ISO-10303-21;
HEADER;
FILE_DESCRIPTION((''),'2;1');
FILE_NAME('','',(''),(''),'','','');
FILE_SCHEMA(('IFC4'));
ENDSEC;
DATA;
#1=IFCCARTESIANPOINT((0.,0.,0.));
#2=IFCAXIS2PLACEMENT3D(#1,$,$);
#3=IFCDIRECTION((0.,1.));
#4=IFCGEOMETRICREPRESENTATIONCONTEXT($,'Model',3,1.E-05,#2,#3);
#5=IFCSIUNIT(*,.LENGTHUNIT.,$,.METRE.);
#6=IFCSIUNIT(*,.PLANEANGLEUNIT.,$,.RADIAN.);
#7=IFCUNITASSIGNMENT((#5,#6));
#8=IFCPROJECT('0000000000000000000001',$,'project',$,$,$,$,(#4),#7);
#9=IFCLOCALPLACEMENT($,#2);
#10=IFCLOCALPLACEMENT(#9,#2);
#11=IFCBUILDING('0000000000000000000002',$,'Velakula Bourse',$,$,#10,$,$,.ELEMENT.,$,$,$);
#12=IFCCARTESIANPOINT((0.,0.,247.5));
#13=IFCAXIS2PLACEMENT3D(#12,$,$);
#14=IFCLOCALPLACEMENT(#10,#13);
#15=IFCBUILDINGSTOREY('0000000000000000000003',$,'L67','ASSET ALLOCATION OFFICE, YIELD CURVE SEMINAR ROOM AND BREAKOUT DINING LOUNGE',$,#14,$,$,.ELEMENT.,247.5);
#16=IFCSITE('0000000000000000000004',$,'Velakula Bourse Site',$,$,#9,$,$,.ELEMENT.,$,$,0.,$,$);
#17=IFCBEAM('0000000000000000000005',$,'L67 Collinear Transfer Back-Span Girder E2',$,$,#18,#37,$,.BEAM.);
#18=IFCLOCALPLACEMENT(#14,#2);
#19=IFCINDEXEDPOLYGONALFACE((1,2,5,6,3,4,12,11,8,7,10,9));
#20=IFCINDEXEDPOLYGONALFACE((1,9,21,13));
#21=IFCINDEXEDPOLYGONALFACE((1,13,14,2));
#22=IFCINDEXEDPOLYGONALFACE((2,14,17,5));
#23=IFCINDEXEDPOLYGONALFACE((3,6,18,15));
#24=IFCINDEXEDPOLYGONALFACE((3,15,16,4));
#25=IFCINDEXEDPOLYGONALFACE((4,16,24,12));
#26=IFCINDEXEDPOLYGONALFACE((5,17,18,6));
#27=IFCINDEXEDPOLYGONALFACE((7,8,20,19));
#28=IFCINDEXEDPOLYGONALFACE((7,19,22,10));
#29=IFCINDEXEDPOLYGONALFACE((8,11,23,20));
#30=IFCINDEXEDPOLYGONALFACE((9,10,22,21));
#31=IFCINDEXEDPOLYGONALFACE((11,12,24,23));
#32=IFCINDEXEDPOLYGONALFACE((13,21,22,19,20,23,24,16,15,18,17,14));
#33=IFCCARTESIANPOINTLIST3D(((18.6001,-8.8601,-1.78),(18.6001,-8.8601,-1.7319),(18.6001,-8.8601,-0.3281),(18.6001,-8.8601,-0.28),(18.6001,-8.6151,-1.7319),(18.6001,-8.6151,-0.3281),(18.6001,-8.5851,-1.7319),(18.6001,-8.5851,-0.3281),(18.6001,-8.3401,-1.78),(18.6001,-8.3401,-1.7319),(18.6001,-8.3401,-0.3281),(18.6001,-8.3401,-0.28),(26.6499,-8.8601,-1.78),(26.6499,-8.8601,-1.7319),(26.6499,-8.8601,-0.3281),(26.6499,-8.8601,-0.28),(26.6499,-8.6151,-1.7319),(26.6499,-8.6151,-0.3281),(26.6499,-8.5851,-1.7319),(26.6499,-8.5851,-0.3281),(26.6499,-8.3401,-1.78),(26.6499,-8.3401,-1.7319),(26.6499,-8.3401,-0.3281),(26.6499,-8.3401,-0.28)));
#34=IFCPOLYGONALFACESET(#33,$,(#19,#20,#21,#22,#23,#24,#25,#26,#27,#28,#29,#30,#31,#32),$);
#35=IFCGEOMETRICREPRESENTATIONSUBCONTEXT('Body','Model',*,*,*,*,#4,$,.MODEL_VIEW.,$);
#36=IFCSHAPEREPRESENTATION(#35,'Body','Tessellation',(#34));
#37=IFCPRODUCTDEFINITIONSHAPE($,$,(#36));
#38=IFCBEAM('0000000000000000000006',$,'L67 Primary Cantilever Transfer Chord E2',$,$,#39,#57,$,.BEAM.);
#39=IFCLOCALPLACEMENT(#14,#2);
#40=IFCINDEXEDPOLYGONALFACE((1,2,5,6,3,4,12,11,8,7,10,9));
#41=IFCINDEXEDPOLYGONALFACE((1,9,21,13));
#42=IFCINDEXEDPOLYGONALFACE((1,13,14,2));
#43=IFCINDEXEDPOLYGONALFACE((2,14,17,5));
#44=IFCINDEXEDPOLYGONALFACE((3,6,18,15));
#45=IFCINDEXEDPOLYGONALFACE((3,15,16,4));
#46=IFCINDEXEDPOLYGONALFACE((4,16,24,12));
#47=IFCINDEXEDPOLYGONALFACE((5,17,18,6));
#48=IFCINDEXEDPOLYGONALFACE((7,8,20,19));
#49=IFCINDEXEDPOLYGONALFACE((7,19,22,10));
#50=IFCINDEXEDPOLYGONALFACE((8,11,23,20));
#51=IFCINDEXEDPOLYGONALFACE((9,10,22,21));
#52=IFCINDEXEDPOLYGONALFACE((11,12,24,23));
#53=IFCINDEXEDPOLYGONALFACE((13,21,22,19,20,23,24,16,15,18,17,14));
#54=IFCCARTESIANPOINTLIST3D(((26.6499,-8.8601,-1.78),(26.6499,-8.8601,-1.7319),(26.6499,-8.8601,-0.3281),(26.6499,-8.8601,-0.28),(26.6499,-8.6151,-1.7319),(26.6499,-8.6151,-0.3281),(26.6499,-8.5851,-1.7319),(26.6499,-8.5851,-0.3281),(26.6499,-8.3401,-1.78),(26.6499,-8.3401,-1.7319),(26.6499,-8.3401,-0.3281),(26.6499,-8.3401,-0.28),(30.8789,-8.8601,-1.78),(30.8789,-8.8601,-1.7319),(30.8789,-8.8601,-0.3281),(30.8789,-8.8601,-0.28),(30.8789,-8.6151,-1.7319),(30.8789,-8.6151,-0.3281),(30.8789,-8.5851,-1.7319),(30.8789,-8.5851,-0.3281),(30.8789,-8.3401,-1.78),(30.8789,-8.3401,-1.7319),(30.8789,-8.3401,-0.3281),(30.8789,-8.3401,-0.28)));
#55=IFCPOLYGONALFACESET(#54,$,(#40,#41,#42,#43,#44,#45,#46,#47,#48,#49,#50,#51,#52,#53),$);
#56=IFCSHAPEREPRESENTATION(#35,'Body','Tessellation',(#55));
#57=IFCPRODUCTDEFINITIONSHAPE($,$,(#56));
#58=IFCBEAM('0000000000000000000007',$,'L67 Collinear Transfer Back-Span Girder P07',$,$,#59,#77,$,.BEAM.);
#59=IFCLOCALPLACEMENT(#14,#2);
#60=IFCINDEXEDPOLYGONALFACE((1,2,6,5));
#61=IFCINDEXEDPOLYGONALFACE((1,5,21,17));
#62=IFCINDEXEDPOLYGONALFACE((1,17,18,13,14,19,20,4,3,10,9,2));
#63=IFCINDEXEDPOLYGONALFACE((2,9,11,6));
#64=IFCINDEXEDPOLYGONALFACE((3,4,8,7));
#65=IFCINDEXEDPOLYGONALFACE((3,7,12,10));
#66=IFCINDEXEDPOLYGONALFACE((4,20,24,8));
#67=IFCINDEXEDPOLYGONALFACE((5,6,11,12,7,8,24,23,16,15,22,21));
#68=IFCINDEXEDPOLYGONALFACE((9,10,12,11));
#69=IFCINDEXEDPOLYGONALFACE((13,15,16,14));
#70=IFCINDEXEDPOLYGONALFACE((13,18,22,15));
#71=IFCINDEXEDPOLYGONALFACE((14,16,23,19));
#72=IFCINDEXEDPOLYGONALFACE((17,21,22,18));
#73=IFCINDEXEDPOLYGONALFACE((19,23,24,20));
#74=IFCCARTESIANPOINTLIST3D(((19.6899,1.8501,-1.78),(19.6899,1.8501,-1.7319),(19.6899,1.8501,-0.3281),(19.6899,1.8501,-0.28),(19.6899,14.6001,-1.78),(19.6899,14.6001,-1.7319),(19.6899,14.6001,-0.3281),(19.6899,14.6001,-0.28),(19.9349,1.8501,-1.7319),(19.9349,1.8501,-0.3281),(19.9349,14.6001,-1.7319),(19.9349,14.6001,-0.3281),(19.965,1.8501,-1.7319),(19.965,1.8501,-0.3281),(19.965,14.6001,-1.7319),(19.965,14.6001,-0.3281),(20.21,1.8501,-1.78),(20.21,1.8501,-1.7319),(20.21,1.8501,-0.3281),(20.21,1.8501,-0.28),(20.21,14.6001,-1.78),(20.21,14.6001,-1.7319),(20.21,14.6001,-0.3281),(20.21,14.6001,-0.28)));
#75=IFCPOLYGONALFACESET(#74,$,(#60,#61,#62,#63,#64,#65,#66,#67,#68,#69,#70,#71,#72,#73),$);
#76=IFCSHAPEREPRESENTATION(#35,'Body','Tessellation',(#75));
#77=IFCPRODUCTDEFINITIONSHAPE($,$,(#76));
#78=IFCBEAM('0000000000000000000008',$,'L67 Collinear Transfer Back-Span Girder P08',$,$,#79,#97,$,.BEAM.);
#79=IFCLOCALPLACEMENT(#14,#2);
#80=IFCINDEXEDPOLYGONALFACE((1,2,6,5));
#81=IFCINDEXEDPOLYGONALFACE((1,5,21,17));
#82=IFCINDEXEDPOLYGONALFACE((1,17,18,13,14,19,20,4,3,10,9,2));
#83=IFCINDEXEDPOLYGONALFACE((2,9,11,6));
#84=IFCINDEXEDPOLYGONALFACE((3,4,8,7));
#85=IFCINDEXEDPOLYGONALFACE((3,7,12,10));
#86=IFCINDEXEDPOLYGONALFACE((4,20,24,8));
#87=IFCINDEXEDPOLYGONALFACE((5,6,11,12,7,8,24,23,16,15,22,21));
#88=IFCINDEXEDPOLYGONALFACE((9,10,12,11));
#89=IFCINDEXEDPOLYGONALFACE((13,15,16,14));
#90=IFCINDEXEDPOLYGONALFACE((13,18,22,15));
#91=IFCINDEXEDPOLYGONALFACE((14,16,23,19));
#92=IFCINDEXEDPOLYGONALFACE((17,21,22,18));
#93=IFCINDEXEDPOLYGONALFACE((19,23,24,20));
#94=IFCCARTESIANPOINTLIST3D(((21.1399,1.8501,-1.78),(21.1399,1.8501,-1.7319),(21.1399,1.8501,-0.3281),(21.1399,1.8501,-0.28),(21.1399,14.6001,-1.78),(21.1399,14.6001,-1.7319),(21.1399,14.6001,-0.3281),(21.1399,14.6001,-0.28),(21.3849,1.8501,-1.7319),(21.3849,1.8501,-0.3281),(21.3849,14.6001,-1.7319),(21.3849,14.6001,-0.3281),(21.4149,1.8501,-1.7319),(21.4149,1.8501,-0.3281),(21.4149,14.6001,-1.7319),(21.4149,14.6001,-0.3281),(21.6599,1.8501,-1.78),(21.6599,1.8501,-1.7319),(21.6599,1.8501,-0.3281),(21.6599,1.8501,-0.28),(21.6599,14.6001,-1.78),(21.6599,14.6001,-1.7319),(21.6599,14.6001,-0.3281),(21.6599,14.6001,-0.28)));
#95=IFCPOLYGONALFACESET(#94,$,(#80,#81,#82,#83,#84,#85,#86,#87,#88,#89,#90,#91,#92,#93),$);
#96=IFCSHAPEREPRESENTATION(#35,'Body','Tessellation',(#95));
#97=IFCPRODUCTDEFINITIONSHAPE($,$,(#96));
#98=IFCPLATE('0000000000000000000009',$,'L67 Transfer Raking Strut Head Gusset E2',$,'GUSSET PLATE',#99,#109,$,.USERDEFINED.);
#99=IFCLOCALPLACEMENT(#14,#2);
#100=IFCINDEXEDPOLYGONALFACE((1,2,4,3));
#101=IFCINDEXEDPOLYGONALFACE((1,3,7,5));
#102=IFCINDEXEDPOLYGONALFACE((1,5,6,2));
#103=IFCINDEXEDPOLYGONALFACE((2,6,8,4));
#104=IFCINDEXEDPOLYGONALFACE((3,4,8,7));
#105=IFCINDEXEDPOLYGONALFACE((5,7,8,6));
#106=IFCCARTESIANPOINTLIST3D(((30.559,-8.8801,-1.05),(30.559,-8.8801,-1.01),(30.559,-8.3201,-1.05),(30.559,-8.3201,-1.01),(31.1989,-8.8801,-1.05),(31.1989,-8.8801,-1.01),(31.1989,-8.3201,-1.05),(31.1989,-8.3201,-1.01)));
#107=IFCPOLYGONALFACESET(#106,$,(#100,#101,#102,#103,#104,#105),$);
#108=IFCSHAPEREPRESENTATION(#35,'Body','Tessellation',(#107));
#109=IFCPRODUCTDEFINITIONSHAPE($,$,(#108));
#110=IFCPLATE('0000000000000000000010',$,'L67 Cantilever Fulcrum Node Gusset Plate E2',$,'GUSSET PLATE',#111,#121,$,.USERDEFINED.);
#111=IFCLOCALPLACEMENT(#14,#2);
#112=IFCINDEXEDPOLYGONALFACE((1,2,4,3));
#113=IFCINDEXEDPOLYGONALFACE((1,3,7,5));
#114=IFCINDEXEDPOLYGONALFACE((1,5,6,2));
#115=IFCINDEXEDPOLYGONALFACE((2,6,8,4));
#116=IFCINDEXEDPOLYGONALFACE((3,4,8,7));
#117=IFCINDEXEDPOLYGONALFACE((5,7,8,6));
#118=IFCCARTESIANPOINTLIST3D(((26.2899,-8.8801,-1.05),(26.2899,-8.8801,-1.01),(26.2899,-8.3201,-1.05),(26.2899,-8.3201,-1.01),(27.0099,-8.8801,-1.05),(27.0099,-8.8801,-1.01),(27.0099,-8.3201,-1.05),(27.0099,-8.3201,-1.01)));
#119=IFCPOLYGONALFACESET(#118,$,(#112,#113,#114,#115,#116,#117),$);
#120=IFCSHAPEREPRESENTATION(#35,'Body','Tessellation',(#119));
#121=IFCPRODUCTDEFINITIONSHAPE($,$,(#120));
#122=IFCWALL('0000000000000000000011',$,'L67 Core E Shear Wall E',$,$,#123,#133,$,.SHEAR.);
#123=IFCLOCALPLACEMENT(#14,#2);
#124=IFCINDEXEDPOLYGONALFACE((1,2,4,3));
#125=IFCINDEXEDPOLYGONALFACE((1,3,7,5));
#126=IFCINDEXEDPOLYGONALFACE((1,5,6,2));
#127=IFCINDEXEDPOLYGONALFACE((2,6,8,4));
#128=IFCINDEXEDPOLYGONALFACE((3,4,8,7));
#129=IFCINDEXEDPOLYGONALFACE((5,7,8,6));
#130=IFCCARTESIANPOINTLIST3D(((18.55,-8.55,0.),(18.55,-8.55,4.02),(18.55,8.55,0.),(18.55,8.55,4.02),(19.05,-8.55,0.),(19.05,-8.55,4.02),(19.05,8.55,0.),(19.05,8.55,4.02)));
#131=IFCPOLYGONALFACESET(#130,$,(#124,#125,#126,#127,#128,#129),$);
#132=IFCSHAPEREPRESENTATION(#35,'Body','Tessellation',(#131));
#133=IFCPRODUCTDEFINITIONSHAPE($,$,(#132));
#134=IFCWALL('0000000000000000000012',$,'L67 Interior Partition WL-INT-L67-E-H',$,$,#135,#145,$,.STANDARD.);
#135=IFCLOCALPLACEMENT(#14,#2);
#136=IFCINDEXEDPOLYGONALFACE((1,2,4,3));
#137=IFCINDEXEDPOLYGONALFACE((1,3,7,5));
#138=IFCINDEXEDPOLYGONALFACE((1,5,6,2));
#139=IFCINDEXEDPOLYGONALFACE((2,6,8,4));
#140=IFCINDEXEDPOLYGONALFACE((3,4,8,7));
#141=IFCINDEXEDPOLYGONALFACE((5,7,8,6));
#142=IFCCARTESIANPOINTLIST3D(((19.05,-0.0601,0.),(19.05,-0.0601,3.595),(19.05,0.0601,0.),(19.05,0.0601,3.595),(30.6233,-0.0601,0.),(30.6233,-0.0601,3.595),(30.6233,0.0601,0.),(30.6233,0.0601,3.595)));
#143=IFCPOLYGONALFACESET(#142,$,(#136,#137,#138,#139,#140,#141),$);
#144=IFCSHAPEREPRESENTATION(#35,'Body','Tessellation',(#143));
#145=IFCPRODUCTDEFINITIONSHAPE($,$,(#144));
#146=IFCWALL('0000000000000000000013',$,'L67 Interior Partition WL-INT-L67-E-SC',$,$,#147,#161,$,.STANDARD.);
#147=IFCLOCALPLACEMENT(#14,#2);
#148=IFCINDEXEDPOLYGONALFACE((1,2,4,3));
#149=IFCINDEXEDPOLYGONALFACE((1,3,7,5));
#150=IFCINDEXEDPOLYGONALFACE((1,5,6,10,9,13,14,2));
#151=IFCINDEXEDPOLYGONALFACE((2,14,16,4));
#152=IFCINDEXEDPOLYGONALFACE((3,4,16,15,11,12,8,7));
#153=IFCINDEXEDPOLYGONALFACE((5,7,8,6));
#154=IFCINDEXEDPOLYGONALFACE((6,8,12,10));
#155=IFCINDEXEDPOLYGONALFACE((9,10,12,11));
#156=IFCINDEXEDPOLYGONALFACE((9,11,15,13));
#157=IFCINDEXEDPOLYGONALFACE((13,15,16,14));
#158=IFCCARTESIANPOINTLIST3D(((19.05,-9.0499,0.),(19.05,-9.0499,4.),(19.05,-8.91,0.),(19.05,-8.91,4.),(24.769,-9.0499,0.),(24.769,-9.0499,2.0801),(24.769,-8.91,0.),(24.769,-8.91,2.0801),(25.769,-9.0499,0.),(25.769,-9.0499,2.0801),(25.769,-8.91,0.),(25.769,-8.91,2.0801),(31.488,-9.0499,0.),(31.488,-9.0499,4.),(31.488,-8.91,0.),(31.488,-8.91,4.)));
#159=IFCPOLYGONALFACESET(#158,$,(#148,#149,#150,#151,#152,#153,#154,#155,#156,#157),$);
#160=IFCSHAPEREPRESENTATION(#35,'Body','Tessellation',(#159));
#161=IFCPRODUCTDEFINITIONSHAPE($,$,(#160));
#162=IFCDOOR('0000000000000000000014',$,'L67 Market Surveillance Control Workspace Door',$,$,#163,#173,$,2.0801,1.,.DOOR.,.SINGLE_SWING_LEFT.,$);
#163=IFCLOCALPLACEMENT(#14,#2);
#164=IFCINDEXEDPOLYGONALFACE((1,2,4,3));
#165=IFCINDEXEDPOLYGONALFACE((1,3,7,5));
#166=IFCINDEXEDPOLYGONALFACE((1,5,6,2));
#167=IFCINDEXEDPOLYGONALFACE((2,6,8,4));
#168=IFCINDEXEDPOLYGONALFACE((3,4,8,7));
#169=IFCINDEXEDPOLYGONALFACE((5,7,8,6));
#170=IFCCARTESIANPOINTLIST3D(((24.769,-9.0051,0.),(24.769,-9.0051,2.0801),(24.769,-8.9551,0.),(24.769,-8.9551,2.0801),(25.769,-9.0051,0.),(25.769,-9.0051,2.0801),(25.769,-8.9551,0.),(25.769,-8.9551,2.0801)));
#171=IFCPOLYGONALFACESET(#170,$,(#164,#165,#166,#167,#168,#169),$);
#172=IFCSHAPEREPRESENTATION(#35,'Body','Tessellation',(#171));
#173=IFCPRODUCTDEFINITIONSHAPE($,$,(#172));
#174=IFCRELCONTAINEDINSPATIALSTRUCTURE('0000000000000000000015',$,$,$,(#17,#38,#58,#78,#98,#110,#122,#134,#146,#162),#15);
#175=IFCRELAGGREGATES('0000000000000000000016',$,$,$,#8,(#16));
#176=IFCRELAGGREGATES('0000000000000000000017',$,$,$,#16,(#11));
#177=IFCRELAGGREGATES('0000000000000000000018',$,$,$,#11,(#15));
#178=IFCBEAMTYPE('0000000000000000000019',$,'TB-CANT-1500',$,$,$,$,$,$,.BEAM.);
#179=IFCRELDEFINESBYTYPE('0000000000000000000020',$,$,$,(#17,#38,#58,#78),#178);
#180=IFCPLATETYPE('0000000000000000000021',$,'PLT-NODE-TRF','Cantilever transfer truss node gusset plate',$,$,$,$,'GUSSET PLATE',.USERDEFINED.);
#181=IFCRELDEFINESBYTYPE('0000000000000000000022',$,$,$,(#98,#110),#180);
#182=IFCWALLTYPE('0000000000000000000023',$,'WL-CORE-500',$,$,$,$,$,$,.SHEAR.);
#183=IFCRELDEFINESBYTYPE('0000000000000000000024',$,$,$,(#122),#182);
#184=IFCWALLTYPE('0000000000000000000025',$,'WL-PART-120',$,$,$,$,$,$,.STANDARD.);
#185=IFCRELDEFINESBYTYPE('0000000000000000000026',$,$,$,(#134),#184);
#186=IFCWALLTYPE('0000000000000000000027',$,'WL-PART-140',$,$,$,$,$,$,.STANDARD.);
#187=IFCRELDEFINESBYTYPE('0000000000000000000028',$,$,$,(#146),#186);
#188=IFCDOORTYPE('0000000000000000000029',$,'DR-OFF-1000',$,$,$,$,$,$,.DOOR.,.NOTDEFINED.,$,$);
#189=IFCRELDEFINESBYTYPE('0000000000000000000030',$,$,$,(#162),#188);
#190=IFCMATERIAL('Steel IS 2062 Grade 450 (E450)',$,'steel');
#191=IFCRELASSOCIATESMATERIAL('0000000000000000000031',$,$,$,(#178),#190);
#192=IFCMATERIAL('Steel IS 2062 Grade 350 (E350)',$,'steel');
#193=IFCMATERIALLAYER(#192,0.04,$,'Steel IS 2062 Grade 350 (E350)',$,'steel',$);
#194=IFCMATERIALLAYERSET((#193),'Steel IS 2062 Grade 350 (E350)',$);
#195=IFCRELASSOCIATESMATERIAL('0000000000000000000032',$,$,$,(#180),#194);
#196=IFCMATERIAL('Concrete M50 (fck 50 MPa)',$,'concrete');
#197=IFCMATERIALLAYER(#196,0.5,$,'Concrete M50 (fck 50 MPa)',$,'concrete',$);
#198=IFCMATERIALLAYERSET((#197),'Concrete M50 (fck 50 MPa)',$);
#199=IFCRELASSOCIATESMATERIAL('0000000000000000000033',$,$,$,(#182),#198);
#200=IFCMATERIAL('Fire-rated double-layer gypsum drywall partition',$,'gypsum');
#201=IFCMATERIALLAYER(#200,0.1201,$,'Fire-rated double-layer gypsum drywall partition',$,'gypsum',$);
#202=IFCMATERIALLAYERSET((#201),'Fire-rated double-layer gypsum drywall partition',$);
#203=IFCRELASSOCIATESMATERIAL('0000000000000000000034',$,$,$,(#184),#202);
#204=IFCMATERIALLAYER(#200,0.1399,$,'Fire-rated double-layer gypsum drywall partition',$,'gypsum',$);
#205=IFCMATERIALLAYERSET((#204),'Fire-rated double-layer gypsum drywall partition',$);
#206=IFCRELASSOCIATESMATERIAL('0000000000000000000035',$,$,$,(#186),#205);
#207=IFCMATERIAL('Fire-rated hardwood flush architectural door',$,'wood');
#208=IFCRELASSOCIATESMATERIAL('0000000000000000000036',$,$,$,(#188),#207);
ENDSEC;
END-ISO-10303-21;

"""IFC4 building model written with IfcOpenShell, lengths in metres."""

from ifc_helpers import new_model, si_unit, direction, frame, frame_2d, origin, origin_2d, place, context, subcontext, project, spatial, rectangle, i_section, extrude, material, layer, layer_set, material_profile, profile_set, type_object, element, fill, save


model = new_model("IFC4")

# Units and contexts
model_context = context("Model", 3, precision=1e-05, world=origin(), true_north=direction((0.0, 1.0)))
body_context = subcontext(model_context, "Body", "Model", "MODEL_VIEW")
ifc_project = project(units=[si_unit("LENGTHUNIT", "METRE"), si_unit("PLANEANGLEUNIT", "RADIAN")], contexts=[model_context])

# Site, building, storey
site_placement = place(None, origin())
site = spatial("IfcSite", under=ifc_project, at=site_placement, Name="Velakula Bourse Site", CompositionType="ELEMENT", RefElevation=0.0)
building_placement = place(site_placement, origin())
building = spatial("IfcBuilding", under=site, at=building_placement, Name="Velakula Bourse", CompositionType="ELEMENT")
storey_placement = place(building_placement, frame((0.0, 0.0, 247.5)))
storey = spatial("IfcBuildingStorey", under=building, at=storey_placement, Name="L67", Description="ASSET ALLOCATION OFFICE, YIELD CURVE SEMINAR ROOM AND BREAKOUT DINING LOUNGE", CompositionType="ELEMENT", Elevation=247.5)

# Shared definitions
ifc_material_1 = material(Name="Concrete M50 (fck 50 MPa)", Category="concrete")
ifc_material_2 = material(Name="Steel IS 2062 Grade 350 (E350)", Category="steel")

# Beams
ifc_material_3 = material(Name="Steel IS 2062 Grade 450 (E450)", Category="steel")
ifc_material_profile_1 = material_profile(ifc_material_3, i_section(OverallWidth=0.52, OverallDepth=1.5, WebThickness=0.03, FlangeThickness=0.0481, at=origin_2d()), Name="Steel IS 2062 Grade 450 (E450)")
ifc_profile_set_1 = profile_set([ifc_material_profile_1], Name="Steel IS 2062 Grade 450 (E450)")
beam_type_1 = type_object("IfcBeamType", Name="TB-CANT-1500", PredefinedType="BEAM", material=ifc_profile_set_1)
beam_1_placement = place(storey_placement, frame((18.6001, -8.6001, -1.03), z_axis=(1.0, 0.0, 0.0), x_axis=(0.0, 1.0, 0.0)))
element("IfcBeam", 1, at=beam_1_placement, inside=storey, type_object=beam_type_1, Name="L67 Collinear Transfer Back-Span Girder E2", PredefinedType="BEAM", context=body_context, shape_type="SweptSolid", body=[
    extrude(i_section(OverallWidth=0.52, OverallDepth=1.5, WebThickness=0.03, FlangeThickness=0.0481, at=origin_2d()), origin(), (0.0, 0.0, 1.0), 8.0498),
])
beam_2_placement = place(storey_placement, frame((26.6499, -8.6001, -1.03), z_axis=(1.0, 0.0, 0.0), x_axis=(0.0, 1.0, 0.0)))
element("IfcBeam", 2, at=beam_2_placement, inside=storey, type_object=beam_type_1, Name="L67 Primary Cantilever Transfer Chord E2", PredefinedType="BEAM", context=body_context, shape_type="SweptSolid", body=[
    extrude(i_section(OverallWidth=0.52, OverallDepth=1.5, WebThickness=0.03, FlangeThickness=0.0481, at=origin_2d()), origin(), (0.0, 0.0, 1.0), 4.229),
])
for number, where, z_axis, x_axis, name in (
    (3, (19.95, 1.8501, -1.03), (0.0, 1.0, 0.0), (-1.0, 0.0, 0.0), "L67 Collinear Transfer Back-Span Girder P07"),
    (4, (21.3999, 1.8501, -1.03), (0.0, 1.0, 0.0), (-1.0, 0.0, 0.0), "L67 Collinear Transfer Back-Span Girder P08"),
):
    element("IfcBeam", number, at=place(storey_placement, frame(where, z_axis=z_axis, x_axis=x_axis)), inside=storey, type_object=beam_type_1, Name=name, PredefinedType="BEAM", context=body_context, shape_type="SweptSolid", body=[
        extrude(i_section(OverallWidth=0.52, OverallDepth=1.5, WebThickness=0.03, FlangeThickness=0.0481, at=origin_2d()), origin(), (0.0, 0.0, 1.0), 12.75),
    ])

# Plates
ifc_layer_1 = layer(ifc_material_2, 0.04, Name="Steel IS 2062 Grade 350 (E350)", Category="steel")
ifc_layer_set_1 = layer_set([ifc_layer_1], Name="Steel IS 2062 Grade 350 (E350)")
plate_type = type_object("IfcPlateType", Name="PLT-NODE-TRF", Description="Cantilever transfer truss node gusset plate", ElementType="GUSSET PLATE", PredefinedType="USERDEFINED", material=ifc_layer_set_1)
plate_1_placement = place(storey_placement, frame((30.8789, -8.6001, -1.05), z_axis=(0.0, 0.0, 1.0), x_axis=(1.0, 0.0, 0.0)))
element("IfcPlate", 5, at=plate_1_placement, inside=storey, type_object=plate_type, Name="L67 Transfer Raking Strut Head Gusset E2", ObjectType="GUSSET PLATE", PredefinedType="USERDEFINED", context=body_context, shape_type="SweptSolid", body=[
    extrude(rectangle(XDim=0.6399, YDim=0.5601, at=origin_2d()), origin(), (0.0, 0.0, 1.0), 0.04),
])
plate_2_placement = place(storey_placement, frame((26.6499, -8.6001, -1.05), z_axis=(0.0, 0.0, 1.0), x_axis=(1.0, 0.0, 0.0)))
element("IfcPlate", 6, at=plate_2_placement, inside=storey, type_object=plate_type, Name="L67 Cantilever Fulcrum Node Gusset Plate E2", ObjectType="GUSSET PLATE", PredefinedType="USERDEFINED", context=body_context, shape_type="SweptSolid", body=[
    extrude(rectangle(XDim=0.72, YDim=0.5601, at=origin_2d()), origin(), (0.0, 0.0, 1.0), 0.04),
])

# Walls
ifc_layer_2 = layer(ifc_material_1, 0.5, Name="Concrete M50 (fck 50 MPa)", Category="concrete")
ifc_layer_set_2 = layer_set([ifc_layer_2], Name="Concrete M50 (fck 50 MPa)")
wall_type_1 = type_object("IfcWallType", Name="WL-CORE-500", PredefinedType="SHEAR", material=ifc_layer_set_2)
wall_1_placement = place(storey_placement, frame((18.8, -8.55, 0.0), z_axis=(0.0, 0.0, 1.0), x_axis=(0.0, 1.0, 0.0)))
element("IfcWall", 7, at=wall_1_placement, inside=storey, type_object=wall_type_1, Name="L67 Core E Shear Wall E", PredefinedType="SHEAR", context=body_context, shape_type="SweptSolid", body=[
    extrude(rectangle(XDim=17.1001, YDim=0.5, at=frame_2d((8.55, 0.0))), origin(), (0.0, 0.0, 1.0), 4.02),
])
ifc_material_4 = material(Name="Fire-rated double-layer gypsum drywall partition", Category="gypsum")
ifc_layer_3 = layer(ifc_material_4, 0.1201, Name="Fire-rated double-layer gypsum drywall partition", Category="gypsum")
ifc_layer_set_3 = layer_set([ifc_layer_3], Name="Fire-rated double-layer gypsum drywall partition")
wall_type_2 = type_object("IfcWallType", Name="WL-PART-120", PredefinedType="STANDARD", material=ifc_layer_set_3)
wall_2_placement = place(storey_placement, frame((19.05, 0.0, 0.0), z_axis=(0.0, 0.0, 1.0), x_axis=(1.0, 0.0, 0.0)))
element("IfcWall", 8, at=wall_2_placement, inside=storey, type_object=wall_type_2, Name="L67 Interior Partition WL-INT-L67-E-H", PredefinedType="STANDARD", context=body_context, shape_type="SweptSolid", body=[
    extrude(rectangle(XDim=11.5732, YDim=0.1201, at=frame_2d((5.7866, 0.0))), origin(), (0.0, 0.0, 1.0), 3.595),
])

# Wall, opening, door
ifc_layer_4 = layer(ifc_material_4, 0.1399, Name="Fire-rated double-layer gypsum drywall partition", Category="gypsum")
ifc_layer_set_4 = layer_set([ifc_layer_4], Name="Fire-rated double-layer gypsum drywall partition")
wall_type_3 = type_object("IfcWallType", Name="WL-PART-140", PredefinedType="STANDARD", material=ifc_layer_set_4)
wall_3_placement = place(storey_placement, frame((19.05, -8.98, 0.0), z_axis=(0.0, 0.0, 1.0), x_axis=(1.0, 0.0, 0.0)))
wall_3 = element("IfcWall", 9, at=wall_3_placement, inside=storey, type_object=wall_type_3, Name="L67 Interior Partition WL-INT-L67-E-SC", PredefinedType="STANDARD", context=body_context, shape_type="SweptSolid", body=[
    extrude(rectangle(XDim=12.438, YDim=0.1399, at=frame_2d((6.219, 0.0))), origin(), (0.0, 0.0, 1.0), 4.0),
])
opening_placement = place(wall_3_placement, frame((5.719, 0.0, 0.0)))
opening = element("IfcOpeningElement", 10, at=opening_placement, cuts=wall_3, PredefinedType="OPENING", context=body_context, shape_type="SweptSolid", body=[
    extrude(rectangle(XDim=1.0, YDim=2.0801, at=frame_2d((0.5, 1.04))), frame((0.0, 0.0798, 0.0), z_axis=(0.0, -1.0, 0.0), x_axis=(1.0, 0.0, 0.0)), (0.0, 0.0, 1.0), 0.1599),
])
ifc_material_5 = material(Name="Fire-rated hardwood flush architectural door", Category="wood")
door_type = type_object("IfcDoorType", Name="DR-OFF-1000", OperationType="NOTDEFINED", PredefinedType="DOOR", material=ifc_material_5)
door_placement = place(opening_placement, origin())
door = element("IfcDoor", 11, at=door_placement, inside=storey, type_object=door_type, Name="L67 Market Surveillance Control Workspace Door", OperationType="SINGLE_SWING_LEFT", OverallHeight=2.0801, OverallWidth=1.0, PredefinedType="DOOR", context=body_context, shape_type="SweptSolid", body=[
    extrude(rectangle(XDim=1.0, YDim=2.0801, at=frame_2d((0.5, 1.04))), frame((0.0, 0.0249, 0.0), z_axis=(0.0, -1.0, 0.0), x_axis=(1.0, 0.0, 0.0)), (0.0, 0.0, 1.0), 0.05),
])
fill(opening, door)

save(model, "model.ifc")
